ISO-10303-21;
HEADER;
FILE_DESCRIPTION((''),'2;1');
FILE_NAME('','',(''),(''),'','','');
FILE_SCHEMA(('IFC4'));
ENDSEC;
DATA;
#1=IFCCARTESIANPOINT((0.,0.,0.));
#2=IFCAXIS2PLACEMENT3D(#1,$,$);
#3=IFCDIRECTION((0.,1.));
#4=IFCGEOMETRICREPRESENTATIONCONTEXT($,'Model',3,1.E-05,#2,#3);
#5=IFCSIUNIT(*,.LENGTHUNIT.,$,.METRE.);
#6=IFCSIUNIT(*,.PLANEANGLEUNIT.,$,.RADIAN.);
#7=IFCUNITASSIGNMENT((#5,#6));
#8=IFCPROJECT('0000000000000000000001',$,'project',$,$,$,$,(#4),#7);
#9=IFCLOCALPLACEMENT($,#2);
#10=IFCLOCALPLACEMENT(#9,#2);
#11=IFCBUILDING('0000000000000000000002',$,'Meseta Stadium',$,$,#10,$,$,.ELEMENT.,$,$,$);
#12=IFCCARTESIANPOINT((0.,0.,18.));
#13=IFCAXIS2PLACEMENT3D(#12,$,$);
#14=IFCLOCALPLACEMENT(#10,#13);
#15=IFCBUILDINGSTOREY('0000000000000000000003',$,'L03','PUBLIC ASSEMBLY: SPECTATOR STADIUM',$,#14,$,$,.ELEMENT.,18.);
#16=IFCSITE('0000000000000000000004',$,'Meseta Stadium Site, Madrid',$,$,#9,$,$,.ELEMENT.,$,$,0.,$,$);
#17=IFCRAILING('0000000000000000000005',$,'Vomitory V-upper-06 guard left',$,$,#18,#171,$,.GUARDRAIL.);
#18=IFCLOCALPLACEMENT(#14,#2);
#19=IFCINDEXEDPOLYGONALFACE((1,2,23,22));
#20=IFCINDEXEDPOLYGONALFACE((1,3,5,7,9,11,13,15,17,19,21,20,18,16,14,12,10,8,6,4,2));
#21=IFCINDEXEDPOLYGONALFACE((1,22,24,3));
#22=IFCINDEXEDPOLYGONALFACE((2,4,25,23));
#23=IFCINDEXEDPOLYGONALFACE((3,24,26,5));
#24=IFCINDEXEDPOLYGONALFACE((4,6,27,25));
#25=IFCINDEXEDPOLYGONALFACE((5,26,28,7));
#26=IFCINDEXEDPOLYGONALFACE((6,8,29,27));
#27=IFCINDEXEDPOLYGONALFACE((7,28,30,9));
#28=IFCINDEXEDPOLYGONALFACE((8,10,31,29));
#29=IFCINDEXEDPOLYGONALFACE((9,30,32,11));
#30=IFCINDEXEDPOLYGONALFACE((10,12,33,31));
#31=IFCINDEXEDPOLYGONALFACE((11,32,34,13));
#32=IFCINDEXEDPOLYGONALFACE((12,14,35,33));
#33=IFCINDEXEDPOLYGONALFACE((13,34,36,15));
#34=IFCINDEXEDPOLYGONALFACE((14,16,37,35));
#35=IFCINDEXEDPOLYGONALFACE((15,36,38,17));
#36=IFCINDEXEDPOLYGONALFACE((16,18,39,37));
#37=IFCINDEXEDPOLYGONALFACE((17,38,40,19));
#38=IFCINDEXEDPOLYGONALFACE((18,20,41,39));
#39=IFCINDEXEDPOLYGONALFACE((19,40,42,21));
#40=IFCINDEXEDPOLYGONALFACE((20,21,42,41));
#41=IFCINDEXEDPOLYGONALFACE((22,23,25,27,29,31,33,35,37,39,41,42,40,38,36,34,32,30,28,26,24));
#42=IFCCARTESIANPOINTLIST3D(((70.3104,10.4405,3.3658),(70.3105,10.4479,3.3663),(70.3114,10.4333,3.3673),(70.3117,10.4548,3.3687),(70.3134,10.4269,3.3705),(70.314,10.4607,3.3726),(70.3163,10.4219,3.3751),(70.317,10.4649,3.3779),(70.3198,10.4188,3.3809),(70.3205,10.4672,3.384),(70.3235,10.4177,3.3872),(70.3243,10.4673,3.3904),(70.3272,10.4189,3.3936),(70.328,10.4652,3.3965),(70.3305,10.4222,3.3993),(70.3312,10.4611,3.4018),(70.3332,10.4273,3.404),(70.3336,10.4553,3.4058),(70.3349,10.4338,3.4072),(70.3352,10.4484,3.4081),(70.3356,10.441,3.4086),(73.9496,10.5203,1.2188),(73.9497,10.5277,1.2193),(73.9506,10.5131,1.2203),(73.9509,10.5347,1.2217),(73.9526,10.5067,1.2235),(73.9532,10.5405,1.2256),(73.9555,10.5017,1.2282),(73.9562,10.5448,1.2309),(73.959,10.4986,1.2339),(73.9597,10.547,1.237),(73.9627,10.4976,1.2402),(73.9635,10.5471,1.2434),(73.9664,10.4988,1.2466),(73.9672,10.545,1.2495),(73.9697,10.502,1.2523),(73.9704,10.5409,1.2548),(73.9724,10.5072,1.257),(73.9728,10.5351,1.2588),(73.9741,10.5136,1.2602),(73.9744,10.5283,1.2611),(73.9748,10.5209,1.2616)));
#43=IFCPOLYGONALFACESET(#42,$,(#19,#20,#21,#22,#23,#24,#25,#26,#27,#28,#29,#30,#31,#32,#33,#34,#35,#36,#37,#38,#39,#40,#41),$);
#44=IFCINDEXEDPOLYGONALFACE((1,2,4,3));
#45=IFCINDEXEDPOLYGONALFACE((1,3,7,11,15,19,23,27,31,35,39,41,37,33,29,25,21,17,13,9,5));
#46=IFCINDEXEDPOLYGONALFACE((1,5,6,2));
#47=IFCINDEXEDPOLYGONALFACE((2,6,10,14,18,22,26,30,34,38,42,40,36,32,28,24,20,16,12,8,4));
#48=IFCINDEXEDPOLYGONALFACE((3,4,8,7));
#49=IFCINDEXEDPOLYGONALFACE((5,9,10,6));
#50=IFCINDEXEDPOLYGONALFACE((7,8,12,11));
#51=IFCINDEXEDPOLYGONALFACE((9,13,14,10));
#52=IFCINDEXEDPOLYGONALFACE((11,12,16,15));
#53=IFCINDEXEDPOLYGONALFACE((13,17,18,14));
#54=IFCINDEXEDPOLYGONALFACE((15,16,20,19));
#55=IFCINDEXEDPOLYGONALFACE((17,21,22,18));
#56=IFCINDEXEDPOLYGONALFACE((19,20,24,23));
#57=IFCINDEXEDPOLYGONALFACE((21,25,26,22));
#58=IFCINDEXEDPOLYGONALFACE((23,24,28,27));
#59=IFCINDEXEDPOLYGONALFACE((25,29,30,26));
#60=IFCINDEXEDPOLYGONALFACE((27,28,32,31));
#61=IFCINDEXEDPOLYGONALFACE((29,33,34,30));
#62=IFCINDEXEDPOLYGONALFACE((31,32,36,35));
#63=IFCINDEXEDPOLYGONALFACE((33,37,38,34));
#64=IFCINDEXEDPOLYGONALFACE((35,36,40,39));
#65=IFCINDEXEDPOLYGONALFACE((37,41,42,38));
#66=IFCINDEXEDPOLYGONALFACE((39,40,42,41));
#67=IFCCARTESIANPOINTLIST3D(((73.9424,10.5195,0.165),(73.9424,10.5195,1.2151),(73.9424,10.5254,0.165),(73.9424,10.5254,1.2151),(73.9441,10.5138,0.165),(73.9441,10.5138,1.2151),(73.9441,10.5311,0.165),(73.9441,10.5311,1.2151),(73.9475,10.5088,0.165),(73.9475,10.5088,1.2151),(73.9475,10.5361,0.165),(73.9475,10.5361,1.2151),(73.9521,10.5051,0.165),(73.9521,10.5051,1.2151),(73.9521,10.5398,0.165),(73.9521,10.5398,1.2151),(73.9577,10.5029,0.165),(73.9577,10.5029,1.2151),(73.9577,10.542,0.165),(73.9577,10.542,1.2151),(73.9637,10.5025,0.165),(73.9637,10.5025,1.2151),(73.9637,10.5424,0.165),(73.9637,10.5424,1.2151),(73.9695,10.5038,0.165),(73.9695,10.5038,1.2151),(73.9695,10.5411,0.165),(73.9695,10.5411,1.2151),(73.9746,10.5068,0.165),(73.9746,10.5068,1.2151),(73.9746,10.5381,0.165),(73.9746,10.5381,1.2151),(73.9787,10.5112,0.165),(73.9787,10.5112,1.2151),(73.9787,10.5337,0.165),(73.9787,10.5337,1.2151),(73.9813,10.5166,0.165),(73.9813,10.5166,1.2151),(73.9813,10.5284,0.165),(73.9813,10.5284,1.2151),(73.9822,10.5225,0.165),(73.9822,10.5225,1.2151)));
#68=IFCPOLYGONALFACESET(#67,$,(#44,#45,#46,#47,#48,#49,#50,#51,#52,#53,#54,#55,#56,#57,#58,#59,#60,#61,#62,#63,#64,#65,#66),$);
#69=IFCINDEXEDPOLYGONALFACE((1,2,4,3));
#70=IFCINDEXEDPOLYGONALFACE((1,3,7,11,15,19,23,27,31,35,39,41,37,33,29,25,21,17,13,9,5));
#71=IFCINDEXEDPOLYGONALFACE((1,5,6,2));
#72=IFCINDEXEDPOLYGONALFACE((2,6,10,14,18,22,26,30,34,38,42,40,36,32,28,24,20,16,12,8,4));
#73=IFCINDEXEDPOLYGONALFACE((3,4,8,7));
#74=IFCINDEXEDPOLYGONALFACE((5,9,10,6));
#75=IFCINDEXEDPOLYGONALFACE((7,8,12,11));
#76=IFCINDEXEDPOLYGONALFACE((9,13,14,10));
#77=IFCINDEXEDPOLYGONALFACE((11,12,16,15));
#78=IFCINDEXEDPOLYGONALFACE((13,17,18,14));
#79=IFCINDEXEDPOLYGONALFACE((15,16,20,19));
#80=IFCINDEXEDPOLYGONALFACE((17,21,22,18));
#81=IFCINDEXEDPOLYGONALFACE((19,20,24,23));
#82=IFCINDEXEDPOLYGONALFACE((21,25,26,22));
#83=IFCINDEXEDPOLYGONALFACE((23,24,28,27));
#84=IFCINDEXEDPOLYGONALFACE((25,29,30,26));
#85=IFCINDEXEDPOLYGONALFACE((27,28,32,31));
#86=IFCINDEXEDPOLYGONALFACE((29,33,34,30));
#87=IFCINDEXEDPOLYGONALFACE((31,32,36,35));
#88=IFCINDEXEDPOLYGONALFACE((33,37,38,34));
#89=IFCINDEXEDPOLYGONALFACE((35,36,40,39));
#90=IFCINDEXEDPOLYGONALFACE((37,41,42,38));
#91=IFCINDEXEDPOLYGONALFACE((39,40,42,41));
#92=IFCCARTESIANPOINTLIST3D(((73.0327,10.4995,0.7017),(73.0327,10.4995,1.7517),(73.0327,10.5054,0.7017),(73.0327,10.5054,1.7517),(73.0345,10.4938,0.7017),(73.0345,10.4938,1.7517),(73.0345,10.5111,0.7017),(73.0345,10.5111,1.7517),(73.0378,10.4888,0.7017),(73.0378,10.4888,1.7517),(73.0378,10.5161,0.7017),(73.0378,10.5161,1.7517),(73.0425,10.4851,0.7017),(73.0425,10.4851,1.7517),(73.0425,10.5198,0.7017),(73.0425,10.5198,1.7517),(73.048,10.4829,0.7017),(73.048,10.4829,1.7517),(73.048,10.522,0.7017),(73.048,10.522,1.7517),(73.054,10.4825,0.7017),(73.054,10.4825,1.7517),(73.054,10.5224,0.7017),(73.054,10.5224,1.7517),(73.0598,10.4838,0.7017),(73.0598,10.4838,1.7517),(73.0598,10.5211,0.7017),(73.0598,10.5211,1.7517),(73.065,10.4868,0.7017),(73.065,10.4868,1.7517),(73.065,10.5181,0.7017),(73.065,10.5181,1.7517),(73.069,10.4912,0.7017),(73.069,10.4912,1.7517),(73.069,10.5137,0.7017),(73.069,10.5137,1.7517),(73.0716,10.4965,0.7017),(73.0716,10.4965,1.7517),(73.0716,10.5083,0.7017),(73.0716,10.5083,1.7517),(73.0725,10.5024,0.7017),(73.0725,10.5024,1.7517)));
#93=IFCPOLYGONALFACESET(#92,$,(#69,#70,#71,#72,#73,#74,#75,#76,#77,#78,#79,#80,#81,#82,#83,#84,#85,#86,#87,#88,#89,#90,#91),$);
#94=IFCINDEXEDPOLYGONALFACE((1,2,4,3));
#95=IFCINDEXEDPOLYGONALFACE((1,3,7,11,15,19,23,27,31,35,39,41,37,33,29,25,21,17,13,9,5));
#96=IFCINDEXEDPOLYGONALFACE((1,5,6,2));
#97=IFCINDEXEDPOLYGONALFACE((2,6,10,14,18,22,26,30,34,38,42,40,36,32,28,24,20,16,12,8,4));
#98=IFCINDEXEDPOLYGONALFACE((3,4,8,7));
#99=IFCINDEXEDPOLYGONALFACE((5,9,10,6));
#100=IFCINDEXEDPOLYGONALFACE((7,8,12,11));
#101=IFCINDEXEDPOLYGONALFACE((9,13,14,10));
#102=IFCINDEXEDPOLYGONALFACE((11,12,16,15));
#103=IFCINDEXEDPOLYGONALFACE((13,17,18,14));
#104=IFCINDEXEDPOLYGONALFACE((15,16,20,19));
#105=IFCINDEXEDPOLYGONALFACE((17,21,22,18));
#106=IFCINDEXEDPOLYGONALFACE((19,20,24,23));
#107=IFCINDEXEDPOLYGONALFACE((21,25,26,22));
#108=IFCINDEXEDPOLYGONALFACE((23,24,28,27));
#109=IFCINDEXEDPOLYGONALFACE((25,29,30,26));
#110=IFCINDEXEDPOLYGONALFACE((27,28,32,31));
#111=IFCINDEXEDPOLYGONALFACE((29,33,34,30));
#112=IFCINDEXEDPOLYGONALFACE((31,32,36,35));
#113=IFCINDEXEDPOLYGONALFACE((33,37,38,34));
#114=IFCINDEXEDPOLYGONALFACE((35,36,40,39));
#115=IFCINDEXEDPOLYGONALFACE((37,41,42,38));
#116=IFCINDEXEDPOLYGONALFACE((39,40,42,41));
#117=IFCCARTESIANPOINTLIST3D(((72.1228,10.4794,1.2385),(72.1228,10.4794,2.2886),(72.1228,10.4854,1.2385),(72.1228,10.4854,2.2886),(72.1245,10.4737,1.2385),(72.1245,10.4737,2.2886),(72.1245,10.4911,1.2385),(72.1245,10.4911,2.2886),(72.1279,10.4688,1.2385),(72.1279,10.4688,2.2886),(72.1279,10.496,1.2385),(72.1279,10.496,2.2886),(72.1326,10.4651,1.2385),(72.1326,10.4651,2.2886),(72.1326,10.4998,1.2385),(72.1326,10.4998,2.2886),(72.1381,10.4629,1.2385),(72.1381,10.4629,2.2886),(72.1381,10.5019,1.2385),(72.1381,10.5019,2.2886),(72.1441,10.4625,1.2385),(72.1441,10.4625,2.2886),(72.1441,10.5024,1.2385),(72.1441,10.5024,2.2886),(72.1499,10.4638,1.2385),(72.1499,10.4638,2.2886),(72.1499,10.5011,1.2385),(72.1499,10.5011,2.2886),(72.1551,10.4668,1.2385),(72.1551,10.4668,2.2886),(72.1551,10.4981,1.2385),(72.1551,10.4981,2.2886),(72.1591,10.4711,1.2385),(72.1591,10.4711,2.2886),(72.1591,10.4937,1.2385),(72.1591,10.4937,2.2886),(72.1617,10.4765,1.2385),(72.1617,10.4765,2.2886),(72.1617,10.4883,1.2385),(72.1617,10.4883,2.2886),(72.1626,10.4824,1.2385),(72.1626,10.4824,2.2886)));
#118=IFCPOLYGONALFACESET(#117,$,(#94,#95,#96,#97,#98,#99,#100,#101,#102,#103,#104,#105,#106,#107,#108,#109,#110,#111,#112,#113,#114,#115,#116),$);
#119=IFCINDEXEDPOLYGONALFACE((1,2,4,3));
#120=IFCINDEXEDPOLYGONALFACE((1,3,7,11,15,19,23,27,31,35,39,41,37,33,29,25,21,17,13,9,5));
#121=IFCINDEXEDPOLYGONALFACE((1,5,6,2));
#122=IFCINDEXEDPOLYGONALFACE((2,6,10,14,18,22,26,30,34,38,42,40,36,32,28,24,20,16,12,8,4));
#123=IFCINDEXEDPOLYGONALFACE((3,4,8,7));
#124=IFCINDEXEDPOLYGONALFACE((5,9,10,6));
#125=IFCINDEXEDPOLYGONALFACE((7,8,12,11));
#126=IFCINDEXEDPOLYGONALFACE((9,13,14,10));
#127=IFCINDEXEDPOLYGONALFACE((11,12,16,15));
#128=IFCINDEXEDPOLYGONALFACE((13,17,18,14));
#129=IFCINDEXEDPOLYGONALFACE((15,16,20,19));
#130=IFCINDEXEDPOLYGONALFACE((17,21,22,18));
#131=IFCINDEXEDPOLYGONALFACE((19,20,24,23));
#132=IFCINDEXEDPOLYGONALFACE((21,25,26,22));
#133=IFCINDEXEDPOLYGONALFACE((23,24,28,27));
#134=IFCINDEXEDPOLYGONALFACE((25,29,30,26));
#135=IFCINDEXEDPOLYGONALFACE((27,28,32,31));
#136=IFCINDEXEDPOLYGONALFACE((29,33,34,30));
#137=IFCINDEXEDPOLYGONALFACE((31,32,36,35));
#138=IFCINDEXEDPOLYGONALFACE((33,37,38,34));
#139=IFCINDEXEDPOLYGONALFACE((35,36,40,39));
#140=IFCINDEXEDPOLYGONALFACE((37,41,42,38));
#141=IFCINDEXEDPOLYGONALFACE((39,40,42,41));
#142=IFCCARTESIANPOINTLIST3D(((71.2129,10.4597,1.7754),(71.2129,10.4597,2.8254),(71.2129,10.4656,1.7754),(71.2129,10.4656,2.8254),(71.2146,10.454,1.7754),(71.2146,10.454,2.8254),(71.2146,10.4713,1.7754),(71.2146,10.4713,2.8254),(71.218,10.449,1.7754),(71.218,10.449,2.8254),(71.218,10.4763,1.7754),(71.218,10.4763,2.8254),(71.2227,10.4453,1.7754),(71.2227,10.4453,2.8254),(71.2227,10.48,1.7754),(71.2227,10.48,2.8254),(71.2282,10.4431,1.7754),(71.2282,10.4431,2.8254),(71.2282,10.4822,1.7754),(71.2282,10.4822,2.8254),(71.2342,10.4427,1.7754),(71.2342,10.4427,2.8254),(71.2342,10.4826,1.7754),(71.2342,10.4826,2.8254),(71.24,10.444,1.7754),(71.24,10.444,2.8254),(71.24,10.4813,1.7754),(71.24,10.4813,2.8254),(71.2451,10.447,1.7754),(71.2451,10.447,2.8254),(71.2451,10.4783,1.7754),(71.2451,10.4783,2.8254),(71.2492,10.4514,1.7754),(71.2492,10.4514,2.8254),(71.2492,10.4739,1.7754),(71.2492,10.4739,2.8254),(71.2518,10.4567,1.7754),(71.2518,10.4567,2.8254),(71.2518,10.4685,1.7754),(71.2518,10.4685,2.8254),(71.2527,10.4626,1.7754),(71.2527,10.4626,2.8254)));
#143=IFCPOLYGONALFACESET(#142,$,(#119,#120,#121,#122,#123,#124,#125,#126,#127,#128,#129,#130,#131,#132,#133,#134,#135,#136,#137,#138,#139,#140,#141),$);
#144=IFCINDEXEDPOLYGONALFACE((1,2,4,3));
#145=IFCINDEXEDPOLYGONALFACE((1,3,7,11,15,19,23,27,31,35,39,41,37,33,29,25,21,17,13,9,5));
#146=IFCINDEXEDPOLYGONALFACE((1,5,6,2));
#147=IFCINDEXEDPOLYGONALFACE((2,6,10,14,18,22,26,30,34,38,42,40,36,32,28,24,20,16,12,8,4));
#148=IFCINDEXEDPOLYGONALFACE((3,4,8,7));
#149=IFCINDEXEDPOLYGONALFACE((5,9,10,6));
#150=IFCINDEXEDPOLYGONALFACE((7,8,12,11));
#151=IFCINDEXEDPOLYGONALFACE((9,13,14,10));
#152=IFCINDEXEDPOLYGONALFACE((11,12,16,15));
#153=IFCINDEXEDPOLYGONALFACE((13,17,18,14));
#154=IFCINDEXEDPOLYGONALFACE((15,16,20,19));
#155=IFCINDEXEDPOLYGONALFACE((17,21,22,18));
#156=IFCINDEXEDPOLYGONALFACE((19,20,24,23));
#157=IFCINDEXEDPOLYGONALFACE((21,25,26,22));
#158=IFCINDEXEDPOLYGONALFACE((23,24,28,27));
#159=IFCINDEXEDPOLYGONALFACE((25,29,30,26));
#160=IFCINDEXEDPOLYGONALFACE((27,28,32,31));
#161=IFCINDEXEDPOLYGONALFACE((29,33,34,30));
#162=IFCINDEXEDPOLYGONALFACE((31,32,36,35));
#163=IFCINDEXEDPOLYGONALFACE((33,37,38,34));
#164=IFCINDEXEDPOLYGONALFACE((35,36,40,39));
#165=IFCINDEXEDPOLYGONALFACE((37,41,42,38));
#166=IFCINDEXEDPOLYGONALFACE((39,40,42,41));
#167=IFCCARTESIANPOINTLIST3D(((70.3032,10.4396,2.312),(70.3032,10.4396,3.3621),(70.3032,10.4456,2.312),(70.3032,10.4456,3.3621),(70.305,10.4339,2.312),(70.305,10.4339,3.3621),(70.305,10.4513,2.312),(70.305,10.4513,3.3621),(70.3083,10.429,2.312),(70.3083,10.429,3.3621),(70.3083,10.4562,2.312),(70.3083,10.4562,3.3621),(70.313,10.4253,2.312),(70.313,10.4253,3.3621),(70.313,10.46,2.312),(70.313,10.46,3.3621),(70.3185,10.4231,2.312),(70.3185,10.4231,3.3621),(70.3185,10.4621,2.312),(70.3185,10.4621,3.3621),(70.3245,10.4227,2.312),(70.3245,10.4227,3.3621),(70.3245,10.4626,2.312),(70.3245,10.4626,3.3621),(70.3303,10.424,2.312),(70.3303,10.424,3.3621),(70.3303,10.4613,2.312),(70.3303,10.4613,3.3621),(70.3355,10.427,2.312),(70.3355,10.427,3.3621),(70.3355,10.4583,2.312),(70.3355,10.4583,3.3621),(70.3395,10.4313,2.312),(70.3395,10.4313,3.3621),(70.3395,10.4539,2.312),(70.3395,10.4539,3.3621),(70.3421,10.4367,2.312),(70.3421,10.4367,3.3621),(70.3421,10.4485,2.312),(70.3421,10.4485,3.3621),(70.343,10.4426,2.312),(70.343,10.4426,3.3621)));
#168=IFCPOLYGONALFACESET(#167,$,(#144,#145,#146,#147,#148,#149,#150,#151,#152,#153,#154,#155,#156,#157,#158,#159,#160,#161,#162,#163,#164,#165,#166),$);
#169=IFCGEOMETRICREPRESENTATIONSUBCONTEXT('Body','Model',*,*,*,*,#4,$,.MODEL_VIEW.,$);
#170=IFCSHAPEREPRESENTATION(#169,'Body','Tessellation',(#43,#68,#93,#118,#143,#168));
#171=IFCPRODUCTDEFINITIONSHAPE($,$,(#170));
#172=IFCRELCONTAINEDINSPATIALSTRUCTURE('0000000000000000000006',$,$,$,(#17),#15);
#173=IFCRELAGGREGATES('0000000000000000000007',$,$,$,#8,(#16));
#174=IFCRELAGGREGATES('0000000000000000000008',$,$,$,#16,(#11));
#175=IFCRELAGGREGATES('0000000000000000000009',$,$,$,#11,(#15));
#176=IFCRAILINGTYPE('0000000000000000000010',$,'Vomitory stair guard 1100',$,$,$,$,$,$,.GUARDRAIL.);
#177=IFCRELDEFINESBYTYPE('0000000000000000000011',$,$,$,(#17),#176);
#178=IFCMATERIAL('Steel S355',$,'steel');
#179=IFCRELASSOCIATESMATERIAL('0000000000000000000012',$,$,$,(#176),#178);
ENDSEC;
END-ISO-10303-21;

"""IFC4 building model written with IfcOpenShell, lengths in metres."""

from ifc_helpers import new_model, si_unit, direction, frame, origin, origin_2d, place, context, subcontext, project, spatial, circle, extrude, material, type_object, element, save


model = new_model("IFC4")

# Units and contexts
model_context = context("Model", 3, precision=1e-05, world=origin(), true_north=direction((0.0, 1.0)))
body_context = subcontext(model_context, "Body", "Model", "MODEL_VIEW")
ifc_project = project(units=[si_unit("LENGTHUNIT", "METRE"), si_unit("PLANEANGLEUNIT", "RADIAN")], contexts=[model_context])

# Site, building, storey
site_placement = place(None, origin())
site = spatial("IfcSite", under=ifc_project, at=site_placement, Name="Meseta Stadium Site, Madrid", CompositionType="ELEMENT", RefElevation=0.0)
building_placement = place(site_placement, origin())
building = spatial("IfcBuilding", under=site, at=building_placement, Name="Meseta Stadium", CompositionType="ELEMENT")
storey_placement = place(building_placement, frame((0.0, 0.0, 18.0)))
storey = spatial("IfcBuildingStorey", under=building, at=storey_placement, Name="L03", Description="PUBLIC ASSEMBLY: SPECTATOR STADIUM", CompositionType="ELEMENT", Elevation=18.0)

# Railing
ifc_material_1 = material(Name="Steel S355", Category="steel")
railing_type_1 = type_object("IfcRailingType", Name="Vomitory stair guard 1100", PredefinedType="GUARDRAIL", material=ifc_material_1)
railing_1_placement = place(storey_placement, frame((73.9622, 10.5225, 0.165)))
element("IfcRailing", 1, at=railing_1_placement, inside=storey, type_object=railing_type_1, Name="Vomitory V-upper-06 guard left", PredefinedType="GUARDRAIL", context=body_context, shape_type="SweptSolid", body=[
    extrude(circle(Radius=0.0249, at=origin_2d()), frame((0.0, 0.0, 1.0752), z_axis=(-0.861129, -0.018891, 0.508035), x_axis=(0.021932, -0.999759, 0.0)), (0.0, 0.0, 1.0), 4.2261),
    extrude(circle(Radius=0.02, at=origin_2d()), origin(), (0.0, 0.0, 1.0), 1.05),
    extrude(circle(Radius=0.02, at=origin_2d()), frame((-0.9097, -0.02, 0.5366)), (0.0, 0.0, 1.0), 1.05),
    extrude(circle(Radius=0.02, at=origin_2d()), frame((-1.8196, -0.04, 1.0735)), (0.0, 0.0, 1.0), 1.05),
    extrude(circle(Radius=0.02, at=origin_2d()), frame((-2.7295, -0.0598, 1.6104)), (0.0, 0.0, 1.0), 1.05),
    extrude(circle(Radius=0.02, at=origin_2d()), frame((-3.6392, -0.0798, 2.147)), (0.0, 0.0, 1.0), 1.05),
])

save(model, "model.ifc")
